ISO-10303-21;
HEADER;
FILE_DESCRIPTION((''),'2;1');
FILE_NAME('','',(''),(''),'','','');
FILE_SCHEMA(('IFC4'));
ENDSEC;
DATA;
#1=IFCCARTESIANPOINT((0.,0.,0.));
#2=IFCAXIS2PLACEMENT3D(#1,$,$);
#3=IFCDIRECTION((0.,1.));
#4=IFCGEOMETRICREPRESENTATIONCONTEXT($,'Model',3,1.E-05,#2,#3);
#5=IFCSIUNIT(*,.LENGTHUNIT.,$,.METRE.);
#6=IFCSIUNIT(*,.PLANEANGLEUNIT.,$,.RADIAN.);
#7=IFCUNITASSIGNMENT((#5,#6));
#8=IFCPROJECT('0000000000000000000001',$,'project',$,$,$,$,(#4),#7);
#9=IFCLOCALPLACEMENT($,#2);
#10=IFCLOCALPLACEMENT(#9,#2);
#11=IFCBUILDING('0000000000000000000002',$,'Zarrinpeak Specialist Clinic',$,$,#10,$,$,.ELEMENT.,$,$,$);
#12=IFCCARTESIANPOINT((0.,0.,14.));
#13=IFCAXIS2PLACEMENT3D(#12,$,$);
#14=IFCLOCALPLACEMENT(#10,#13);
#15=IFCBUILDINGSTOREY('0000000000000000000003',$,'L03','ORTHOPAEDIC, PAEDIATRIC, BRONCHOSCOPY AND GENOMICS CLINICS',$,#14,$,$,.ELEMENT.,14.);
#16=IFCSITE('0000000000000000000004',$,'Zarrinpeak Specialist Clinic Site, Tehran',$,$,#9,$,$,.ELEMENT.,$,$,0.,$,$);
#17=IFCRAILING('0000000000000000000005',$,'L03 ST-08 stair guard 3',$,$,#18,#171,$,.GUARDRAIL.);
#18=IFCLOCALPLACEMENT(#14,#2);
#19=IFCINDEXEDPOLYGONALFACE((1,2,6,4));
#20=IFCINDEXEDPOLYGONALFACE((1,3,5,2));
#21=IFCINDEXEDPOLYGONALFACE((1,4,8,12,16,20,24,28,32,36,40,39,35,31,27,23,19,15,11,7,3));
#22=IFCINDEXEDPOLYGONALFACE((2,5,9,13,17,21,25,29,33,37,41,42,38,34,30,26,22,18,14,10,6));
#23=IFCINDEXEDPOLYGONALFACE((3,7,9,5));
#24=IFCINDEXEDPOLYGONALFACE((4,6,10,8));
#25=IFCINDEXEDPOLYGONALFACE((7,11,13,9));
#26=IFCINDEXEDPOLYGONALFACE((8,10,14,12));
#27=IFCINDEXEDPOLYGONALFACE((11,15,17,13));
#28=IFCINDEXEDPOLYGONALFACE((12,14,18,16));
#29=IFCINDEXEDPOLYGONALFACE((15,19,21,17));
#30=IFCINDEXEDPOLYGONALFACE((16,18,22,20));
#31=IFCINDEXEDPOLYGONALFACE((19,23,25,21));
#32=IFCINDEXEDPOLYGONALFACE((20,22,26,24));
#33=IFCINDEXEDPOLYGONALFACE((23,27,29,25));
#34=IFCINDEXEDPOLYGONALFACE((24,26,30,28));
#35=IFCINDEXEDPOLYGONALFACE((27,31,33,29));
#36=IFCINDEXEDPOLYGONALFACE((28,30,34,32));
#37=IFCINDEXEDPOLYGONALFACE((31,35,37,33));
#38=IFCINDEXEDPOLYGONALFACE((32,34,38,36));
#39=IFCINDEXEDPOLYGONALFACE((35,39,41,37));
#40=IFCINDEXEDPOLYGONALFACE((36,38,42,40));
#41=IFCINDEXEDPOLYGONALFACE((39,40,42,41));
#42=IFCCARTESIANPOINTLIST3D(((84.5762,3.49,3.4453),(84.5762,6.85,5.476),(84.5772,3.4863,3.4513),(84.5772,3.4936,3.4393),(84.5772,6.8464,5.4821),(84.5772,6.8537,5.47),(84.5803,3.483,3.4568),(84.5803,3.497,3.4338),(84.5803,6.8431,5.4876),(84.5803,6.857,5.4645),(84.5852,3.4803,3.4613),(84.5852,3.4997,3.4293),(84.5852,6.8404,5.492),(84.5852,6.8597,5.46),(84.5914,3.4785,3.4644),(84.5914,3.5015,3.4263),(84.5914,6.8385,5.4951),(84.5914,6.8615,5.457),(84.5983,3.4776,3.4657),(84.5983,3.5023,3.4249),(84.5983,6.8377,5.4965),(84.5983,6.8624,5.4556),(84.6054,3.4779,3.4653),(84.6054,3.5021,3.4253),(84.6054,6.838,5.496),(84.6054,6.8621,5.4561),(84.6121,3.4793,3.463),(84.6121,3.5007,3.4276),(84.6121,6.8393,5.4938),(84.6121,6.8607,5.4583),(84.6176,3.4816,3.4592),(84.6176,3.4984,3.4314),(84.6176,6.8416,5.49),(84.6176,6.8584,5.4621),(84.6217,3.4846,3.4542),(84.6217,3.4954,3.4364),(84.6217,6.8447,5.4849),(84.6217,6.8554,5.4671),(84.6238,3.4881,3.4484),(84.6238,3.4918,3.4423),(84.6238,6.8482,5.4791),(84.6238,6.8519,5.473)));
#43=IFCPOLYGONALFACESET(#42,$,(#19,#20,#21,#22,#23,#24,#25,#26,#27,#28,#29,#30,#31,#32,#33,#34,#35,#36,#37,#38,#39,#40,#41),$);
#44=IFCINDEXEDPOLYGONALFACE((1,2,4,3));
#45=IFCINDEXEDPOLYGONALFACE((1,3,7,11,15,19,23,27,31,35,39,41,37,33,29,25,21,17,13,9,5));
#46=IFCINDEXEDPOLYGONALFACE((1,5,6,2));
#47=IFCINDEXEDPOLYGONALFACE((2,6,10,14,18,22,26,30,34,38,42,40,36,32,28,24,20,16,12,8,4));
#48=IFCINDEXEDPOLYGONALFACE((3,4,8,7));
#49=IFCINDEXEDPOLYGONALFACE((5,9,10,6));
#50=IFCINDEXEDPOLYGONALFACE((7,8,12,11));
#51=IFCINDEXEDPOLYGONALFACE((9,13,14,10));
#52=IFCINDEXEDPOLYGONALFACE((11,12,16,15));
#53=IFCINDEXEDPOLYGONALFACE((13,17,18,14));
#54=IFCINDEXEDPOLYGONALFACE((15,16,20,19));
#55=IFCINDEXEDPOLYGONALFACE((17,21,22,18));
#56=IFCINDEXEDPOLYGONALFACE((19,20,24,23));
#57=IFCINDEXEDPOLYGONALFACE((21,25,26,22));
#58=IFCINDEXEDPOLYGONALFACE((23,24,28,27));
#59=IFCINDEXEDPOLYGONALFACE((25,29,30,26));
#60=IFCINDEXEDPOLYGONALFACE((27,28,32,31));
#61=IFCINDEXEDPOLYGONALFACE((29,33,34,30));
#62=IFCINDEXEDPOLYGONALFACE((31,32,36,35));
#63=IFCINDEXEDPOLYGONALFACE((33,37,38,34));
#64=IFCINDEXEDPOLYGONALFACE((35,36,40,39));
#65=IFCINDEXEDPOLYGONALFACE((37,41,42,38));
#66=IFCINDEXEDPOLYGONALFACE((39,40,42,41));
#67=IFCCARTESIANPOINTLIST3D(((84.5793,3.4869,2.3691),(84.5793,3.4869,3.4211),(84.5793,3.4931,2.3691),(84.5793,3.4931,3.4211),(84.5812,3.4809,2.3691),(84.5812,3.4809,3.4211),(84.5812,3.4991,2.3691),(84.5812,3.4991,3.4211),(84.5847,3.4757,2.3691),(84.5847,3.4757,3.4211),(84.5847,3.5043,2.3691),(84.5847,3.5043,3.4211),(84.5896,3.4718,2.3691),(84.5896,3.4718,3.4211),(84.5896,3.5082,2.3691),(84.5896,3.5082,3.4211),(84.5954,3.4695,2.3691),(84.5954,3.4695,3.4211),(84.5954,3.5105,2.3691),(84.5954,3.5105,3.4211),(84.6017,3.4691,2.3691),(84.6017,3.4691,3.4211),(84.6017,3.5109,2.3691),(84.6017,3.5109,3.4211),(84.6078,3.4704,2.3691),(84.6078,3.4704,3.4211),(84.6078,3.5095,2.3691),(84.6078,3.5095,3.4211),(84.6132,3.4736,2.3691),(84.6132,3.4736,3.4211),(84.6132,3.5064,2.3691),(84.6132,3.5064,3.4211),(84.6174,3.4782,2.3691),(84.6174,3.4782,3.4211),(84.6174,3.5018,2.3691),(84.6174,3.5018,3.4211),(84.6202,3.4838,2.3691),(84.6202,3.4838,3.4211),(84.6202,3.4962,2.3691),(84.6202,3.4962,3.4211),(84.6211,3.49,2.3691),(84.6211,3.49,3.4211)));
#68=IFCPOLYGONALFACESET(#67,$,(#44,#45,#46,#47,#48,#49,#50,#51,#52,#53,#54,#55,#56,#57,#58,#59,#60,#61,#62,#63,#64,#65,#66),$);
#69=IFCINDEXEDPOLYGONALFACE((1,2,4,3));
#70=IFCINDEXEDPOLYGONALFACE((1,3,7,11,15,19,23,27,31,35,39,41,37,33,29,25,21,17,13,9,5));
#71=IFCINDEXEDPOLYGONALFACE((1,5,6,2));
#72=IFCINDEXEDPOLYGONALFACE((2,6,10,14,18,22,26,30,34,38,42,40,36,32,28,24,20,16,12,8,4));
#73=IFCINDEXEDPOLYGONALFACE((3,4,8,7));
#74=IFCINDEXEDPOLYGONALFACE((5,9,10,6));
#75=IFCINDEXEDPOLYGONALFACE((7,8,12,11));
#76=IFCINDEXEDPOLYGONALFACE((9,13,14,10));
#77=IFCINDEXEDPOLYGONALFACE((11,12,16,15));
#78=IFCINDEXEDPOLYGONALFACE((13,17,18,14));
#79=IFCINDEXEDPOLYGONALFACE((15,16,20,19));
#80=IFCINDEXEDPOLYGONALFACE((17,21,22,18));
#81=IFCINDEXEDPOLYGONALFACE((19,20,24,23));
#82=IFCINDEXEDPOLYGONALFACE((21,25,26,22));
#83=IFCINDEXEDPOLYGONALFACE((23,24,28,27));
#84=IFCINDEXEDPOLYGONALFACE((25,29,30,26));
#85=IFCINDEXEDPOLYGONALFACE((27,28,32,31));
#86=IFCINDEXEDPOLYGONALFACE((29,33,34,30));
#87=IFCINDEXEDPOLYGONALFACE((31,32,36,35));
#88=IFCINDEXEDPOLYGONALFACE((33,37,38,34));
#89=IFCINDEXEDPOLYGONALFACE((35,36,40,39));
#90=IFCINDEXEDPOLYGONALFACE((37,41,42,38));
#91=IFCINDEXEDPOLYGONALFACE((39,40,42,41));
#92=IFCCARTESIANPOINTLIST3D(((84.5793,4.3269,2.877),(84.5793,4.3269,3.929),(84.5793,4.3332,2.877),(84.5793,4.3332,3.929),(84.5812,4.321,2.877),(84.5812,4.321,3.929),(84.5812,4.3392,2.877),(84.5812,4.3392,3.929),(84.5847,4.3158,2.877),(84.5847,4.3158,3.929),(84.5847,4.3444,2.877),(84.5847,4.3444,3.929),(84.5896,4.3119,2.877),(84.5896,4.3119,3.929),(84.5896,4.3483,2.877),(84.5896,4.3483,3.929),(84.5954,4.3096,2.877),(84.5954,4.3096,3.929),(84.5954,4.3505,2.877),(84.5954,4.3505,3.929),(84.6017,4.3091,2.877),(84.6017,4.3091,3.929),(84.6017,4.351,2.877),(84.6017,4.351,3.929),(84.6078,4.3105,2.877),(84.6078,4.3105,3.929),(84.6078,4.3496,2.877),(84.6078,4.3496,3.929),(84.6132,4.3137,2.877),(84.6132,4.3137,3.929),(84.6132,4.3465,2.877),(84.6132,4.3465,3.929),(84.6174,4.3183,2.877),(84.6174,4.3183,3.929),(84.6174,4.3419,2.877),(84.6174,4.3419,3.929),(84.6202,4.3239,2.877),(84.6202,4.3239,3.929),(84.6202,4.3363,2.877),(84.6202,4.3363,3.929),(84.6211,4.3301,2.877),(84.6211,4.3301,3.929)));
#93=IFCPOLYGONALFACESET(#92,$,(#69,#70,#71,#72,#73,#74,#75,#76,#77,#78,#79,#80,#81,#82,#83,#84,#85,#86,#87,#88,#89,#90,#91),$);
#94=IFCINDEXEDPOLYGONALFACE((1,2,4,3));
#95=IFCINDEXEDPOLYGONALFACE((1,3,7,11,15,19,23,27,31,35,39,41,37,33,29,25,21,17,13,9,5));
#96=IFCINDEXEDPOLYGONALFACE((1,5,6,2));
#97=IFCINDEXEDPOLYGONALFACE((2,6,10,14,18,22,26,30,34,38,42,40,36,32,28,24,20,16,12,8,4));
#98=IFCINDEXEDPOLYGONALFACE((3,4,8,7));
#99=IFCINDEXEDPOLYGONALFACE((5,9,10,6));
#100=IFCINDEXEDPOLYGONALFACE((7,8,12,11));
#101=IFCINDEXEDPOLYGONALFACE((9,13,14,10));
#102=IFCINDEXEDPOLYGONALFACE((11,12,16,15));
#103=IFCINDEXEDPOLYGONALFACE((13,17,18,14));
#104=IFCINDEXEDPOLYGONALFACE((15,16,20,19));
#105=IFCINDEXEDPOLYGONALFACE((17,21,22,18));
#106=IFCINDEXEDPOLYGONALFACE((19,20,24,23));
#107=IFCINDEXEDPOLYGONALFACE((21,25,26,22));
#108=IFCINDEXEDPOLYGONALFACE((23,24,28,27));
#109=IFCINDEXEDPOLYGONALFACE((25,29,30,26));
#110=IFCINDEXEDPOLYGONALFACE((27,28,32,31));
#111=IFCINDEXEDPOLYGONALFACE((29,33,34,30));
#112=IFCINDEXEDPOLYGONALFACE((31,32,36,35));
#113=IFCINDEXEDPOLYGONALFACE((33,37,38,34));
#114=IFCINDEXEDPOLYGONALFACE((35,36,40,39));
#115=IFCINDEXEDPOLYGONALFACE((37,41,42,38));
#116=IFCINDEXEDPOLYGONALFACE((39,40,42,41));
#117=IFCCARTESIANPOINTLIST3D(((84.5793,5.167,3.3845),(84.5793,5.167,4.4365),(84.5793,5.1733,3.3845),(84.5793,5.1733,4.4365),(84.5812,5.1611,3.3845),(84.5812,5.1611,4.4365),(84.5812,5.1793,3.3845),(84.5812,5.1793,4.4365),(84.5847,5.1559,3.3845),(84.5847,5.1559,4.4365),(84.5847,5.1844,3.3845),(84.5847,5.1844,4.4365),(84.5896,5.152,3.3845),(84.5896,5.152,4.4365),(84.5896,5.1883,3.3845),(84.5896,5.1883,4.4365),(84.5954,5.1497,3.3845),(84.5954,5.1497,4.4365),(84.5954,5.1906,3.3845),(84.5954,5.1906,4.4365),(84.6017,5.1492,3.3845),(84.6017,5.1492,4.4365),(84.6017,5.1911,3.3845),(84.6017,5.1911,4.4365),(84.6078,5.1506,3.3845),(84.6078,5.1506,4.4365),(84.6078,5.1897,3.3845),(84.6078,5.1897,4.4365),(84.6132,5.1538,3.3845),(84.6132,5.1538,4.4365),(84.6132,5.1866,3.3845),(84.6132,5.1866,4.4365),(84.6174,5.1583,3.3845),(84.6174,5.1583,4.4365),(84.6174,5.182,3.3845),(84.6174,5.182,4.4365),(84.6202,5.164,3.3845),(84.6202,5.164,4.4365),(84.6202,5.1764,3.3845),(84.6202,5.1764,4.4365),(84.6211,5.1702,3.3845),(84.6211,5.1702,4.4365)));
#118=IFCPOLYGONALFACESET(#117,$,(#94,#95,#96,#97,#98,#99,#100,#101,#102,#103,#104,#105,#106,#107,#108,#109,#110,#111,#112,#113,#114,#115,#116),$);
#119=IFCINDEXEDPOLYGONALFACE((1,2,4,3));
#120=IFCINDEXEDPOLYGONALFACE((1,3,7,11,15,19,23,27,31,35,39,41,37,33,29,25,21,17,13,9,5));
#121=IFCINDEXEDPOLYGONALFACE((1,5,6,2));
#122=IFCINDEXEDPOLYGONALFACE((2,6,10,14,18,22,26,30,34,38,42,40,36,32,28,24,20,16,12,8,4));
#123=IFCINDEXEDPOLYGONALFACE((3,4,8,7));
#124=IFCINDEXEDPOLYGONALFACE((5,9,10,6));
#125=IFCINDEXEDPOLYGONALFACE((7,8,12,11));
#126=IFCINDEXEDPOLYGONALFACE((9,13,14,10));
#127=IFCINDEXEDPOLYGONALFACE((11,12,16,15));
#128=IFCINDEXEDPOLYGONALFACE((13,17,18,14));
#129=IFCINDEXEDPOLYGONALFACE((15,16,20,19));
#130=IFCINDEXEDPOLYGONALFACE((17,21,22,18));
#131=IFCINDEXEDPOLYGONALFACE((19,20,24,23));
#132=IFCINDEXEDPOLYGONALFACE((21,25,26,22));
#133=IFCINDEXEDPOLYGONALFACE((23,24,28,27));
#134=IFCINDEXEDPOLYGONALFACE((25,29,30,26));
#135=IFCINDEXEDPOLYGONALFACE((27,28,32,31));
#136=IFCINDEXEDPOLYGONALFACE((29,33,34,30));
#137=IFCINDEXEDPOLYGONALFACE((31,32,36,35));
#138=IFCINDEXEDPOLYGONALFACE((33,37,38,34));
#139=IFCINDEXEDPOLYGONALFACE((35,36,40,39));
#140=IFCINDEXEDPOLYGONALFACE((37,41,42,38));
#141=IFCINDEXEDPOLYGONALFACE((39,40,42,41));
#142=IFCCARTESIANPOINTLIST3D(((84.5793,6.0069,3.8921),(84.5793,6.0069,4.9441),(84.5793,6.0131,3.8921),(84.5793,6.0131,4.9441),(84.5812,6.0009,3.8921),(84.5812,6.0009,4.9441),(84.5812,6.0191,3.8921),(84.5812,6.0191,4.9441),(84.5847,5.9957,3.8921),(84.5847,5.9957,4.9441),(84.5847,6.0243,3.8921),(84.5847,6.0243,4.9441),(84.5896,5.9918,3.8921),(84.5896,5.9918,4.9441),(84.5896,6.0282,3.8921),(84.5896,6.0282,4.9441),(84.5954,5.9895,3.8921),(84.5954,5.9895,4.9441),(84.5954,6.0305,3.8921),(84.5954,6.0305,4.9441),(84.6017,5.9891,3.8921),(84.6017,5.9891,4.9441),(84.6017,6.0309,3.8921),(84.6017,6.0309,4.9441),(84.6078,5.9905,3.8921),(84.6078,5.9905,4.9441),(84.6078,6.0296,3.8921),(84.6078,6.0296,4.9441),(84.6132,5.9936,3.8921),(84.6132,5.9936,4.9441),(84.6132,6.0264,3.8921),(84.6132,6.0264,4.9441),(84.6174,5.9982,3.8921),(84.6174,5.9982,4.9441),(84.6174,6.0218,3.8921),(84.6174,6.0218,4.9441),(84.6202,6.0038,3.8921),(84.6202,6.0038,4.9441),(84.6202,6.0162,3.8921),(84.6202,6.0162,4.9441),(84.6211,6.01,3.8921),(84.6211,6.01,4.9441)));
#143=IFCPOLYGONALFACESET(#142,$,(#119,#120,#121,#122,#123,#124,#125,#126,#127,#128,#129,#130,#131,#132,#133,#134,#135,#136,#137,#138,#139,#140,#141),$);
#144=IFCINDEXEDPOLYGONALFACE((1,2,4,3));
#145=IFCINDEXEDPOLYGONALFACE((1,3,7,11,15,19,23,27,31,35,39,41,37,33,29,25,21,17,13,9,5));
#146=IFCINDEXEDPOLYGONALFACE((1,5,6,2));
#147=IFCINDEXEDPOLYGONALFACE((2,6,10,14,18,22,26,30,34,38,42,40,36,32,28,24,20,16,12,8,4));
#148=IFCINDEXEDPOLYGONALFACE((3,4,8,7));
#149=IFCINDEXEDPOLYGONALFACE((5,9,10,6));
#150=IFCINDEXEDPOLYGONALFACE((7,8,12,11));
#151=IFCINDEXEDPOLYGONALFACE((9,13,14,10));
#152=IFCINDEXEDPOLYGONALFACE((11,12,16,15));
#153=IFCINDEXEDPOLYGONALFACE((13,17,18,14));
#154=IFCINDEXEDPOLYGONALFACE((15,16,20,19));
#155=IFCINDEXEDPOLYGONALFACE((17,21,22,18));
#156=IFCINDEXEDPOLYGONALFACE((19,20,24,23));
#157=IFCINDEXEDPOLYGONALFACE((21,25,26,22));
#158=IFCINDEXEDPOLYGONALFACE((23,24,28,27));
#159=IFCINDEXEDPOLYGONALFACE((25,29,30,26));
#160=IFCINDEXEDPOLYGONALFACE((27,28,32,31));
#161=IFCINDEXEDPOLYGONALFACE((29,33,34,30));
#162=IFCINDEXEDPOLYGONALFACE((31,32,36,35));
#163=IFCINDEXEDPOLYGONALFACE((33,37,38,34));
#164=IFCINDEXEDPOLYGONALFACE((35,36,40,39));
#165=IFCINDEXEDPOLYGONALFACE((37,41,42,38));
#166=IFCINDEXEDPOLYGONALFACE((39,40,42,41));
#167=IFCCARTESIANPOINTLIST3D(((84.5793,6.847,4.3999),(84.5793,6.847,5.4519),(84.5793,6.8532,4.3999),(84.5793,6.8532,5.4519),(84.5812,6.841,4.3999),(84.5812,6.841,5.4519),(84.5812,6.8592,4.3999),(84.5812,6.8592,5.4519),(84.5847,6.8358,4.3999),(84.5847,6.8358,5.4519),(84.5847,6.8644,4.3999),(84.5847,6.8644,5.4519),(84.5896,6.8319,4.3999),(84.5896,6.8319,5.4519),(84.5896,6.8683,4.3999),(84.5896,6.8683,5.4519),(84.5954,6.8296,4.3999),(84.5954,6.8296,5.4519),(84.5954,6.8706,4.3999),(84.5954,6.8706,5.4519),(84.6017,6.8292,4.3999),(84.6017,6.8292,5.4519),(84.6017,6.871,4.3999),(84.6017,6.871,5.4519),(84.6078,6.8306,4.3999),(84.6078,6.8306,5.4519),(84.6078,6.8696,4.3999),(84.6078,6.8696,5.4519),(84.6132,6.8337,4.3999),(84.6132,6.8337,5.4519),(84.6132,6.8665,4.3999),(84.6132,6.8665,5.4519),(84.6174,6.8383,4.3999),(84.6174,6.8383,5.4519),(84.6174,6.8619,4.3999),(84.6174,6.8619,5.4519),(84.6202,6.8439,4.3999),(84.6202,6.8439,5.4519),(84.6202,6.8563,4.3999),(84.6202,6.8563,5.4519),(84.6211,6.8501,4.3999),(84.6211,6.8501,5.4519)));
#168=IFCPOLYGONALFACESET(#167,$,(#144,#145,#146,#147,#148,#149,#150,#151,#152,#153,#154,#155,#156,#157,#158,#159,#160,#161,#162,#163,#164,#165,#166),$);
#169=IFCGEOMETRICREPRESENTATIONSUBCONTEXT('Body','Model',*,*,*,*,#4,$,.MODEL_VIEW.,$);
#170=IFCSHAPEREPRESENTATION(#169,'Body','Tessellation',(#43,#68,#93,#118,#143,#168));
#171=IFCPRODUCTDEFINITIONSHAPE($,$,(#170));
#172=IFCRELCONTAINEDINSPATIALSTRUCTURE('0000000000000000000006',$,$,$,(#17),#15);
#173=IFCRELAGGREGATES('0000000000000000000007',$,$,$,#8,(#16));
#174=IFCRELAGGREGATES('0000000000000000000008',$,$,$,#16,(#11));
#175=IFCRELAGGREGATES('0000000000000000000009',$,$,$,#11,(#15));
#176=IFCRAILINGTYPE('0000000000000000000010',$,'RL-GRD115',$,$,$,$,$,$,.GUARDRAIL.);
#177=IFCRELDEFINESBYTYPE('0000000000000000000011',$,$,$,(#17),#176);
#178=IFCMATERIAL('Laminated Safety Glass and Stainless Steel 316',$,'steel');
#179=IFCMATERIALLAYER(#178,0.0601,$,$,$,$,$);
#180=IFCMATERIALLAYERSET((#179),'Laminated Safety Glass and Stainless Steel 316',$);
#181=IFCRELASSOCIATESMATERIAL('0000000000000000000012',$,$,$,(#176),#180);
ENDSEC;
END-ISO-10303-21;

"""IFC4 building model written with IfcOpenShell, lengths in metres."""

from ifc_helpers import new_model, si_unit, direction, frame, origin, origin_2d, place, context, subcontext, project, spatial, circle, extrude, material, layer, layer_set, type_object, element, save


model = new_model("IFC4")

# Units and contexts
model_context = context("Model", 3, precision=1e-05, world=origin(), true_north=direction((0.0, 1.0)))
body_context = subcontext(model_context, "Body", "Model", "MODEL_VIEW")
ifc_project = project(units=[si_unit("LENGTHUNIT", "METRE"), si_unit("PLANEANGLEUNIT", "RADIAN")], contexts=[model_context])

# Site, building, storey
site_placement = place(None, origin())
site = spatial("IfcSite", under=ifc_project, at=site_placement, Name="Zarrinpeak Specialist Clinic Site, Tehran", CompositionType="ELEMENT", RefElevation=0.0)
building_placement = place(site_placement, origin())
building = spatial("IfcBuilding", under=site, at=building_placement, Name="Zarrinpeak Specialist Clinic", CompositionType="ELEMENT")
storey_placement = place(building_placement, frame((0.0, 0.0, 14.0)))
storey = spatial("IfcBuildingStorey", under=building, at=storey_placement, Name="L03", Description="ORTHOPAEDIC, PAEDIATRIC, BRONCHOSCOPY AND GENOMICS CLINICS", CompositionType="ELEMENT", Elevation=14.0)

# Railing
ifc_material_1 = material(Name="Laminated Safety Glass and Stainless Steel 316", Category="steel")
ifc_layer_1 = layer(ifc_material_1, 0.0601)
ifc_layer_set_1 = layer_set([ifc_layer_1], Name="Laminated Safety Glass and Stainless Steel 316")
railing_type_1 = type_object("IfcRailingType", Name="RL-GRD115", PredefinedType="GUARDRAIL", material=ifc_layer_set_1)
railing_1_placement = place(storey_placement, frame((84.6001, 3.49, 2.3691)))
element("IfcRailing", 1, at=railing_1_placement, inside=storey, type_object=railing_type_1, Name="L03 ST-08 stair guard 3", PredefinedType="GUARDRAIL", context=body_context, shape_type="SweptSolid", body=[
    extrude(circle(Radius=0.0239, at=origin_2d()), frame((0.0, 0.0, 1.0762), z_axis=(0.0, 0.855837, 0.517246), x_axis=(-1.0, 0.0, 0.0)), (0.0, 0.0, 1.0), 3.926),
    extrude(circle(Radius=0.021, at=origin_2d()), origin(), (0.0, 0.0, 1.0), 1.052),
    extrude(circle(Radius=0.021, at=origin_2d()), frame((0.0, 0.8401, 0.5078)), (0.0, 0.0, 1.0), 1.052),
    extrude(circle(Radius=0.021, at=origin_2d()), frame((0.0, 1.6802, 1.0154)), (0.0, 0.0, 1.0), 1.052),
    extrude(circle(Radius=0.021, at=origin_2d()), frame((0.0, 2.52, 1.5229)), (0.0, 0.0, 1.0), 1.052),
    extrude(circle(Radius=0.021, at=origin_2d()), frame((0.0, 3.3601, 2.0308)), (0.0, 0.0, 1.0), 1.052),
])

save(model, "model.ifc")
